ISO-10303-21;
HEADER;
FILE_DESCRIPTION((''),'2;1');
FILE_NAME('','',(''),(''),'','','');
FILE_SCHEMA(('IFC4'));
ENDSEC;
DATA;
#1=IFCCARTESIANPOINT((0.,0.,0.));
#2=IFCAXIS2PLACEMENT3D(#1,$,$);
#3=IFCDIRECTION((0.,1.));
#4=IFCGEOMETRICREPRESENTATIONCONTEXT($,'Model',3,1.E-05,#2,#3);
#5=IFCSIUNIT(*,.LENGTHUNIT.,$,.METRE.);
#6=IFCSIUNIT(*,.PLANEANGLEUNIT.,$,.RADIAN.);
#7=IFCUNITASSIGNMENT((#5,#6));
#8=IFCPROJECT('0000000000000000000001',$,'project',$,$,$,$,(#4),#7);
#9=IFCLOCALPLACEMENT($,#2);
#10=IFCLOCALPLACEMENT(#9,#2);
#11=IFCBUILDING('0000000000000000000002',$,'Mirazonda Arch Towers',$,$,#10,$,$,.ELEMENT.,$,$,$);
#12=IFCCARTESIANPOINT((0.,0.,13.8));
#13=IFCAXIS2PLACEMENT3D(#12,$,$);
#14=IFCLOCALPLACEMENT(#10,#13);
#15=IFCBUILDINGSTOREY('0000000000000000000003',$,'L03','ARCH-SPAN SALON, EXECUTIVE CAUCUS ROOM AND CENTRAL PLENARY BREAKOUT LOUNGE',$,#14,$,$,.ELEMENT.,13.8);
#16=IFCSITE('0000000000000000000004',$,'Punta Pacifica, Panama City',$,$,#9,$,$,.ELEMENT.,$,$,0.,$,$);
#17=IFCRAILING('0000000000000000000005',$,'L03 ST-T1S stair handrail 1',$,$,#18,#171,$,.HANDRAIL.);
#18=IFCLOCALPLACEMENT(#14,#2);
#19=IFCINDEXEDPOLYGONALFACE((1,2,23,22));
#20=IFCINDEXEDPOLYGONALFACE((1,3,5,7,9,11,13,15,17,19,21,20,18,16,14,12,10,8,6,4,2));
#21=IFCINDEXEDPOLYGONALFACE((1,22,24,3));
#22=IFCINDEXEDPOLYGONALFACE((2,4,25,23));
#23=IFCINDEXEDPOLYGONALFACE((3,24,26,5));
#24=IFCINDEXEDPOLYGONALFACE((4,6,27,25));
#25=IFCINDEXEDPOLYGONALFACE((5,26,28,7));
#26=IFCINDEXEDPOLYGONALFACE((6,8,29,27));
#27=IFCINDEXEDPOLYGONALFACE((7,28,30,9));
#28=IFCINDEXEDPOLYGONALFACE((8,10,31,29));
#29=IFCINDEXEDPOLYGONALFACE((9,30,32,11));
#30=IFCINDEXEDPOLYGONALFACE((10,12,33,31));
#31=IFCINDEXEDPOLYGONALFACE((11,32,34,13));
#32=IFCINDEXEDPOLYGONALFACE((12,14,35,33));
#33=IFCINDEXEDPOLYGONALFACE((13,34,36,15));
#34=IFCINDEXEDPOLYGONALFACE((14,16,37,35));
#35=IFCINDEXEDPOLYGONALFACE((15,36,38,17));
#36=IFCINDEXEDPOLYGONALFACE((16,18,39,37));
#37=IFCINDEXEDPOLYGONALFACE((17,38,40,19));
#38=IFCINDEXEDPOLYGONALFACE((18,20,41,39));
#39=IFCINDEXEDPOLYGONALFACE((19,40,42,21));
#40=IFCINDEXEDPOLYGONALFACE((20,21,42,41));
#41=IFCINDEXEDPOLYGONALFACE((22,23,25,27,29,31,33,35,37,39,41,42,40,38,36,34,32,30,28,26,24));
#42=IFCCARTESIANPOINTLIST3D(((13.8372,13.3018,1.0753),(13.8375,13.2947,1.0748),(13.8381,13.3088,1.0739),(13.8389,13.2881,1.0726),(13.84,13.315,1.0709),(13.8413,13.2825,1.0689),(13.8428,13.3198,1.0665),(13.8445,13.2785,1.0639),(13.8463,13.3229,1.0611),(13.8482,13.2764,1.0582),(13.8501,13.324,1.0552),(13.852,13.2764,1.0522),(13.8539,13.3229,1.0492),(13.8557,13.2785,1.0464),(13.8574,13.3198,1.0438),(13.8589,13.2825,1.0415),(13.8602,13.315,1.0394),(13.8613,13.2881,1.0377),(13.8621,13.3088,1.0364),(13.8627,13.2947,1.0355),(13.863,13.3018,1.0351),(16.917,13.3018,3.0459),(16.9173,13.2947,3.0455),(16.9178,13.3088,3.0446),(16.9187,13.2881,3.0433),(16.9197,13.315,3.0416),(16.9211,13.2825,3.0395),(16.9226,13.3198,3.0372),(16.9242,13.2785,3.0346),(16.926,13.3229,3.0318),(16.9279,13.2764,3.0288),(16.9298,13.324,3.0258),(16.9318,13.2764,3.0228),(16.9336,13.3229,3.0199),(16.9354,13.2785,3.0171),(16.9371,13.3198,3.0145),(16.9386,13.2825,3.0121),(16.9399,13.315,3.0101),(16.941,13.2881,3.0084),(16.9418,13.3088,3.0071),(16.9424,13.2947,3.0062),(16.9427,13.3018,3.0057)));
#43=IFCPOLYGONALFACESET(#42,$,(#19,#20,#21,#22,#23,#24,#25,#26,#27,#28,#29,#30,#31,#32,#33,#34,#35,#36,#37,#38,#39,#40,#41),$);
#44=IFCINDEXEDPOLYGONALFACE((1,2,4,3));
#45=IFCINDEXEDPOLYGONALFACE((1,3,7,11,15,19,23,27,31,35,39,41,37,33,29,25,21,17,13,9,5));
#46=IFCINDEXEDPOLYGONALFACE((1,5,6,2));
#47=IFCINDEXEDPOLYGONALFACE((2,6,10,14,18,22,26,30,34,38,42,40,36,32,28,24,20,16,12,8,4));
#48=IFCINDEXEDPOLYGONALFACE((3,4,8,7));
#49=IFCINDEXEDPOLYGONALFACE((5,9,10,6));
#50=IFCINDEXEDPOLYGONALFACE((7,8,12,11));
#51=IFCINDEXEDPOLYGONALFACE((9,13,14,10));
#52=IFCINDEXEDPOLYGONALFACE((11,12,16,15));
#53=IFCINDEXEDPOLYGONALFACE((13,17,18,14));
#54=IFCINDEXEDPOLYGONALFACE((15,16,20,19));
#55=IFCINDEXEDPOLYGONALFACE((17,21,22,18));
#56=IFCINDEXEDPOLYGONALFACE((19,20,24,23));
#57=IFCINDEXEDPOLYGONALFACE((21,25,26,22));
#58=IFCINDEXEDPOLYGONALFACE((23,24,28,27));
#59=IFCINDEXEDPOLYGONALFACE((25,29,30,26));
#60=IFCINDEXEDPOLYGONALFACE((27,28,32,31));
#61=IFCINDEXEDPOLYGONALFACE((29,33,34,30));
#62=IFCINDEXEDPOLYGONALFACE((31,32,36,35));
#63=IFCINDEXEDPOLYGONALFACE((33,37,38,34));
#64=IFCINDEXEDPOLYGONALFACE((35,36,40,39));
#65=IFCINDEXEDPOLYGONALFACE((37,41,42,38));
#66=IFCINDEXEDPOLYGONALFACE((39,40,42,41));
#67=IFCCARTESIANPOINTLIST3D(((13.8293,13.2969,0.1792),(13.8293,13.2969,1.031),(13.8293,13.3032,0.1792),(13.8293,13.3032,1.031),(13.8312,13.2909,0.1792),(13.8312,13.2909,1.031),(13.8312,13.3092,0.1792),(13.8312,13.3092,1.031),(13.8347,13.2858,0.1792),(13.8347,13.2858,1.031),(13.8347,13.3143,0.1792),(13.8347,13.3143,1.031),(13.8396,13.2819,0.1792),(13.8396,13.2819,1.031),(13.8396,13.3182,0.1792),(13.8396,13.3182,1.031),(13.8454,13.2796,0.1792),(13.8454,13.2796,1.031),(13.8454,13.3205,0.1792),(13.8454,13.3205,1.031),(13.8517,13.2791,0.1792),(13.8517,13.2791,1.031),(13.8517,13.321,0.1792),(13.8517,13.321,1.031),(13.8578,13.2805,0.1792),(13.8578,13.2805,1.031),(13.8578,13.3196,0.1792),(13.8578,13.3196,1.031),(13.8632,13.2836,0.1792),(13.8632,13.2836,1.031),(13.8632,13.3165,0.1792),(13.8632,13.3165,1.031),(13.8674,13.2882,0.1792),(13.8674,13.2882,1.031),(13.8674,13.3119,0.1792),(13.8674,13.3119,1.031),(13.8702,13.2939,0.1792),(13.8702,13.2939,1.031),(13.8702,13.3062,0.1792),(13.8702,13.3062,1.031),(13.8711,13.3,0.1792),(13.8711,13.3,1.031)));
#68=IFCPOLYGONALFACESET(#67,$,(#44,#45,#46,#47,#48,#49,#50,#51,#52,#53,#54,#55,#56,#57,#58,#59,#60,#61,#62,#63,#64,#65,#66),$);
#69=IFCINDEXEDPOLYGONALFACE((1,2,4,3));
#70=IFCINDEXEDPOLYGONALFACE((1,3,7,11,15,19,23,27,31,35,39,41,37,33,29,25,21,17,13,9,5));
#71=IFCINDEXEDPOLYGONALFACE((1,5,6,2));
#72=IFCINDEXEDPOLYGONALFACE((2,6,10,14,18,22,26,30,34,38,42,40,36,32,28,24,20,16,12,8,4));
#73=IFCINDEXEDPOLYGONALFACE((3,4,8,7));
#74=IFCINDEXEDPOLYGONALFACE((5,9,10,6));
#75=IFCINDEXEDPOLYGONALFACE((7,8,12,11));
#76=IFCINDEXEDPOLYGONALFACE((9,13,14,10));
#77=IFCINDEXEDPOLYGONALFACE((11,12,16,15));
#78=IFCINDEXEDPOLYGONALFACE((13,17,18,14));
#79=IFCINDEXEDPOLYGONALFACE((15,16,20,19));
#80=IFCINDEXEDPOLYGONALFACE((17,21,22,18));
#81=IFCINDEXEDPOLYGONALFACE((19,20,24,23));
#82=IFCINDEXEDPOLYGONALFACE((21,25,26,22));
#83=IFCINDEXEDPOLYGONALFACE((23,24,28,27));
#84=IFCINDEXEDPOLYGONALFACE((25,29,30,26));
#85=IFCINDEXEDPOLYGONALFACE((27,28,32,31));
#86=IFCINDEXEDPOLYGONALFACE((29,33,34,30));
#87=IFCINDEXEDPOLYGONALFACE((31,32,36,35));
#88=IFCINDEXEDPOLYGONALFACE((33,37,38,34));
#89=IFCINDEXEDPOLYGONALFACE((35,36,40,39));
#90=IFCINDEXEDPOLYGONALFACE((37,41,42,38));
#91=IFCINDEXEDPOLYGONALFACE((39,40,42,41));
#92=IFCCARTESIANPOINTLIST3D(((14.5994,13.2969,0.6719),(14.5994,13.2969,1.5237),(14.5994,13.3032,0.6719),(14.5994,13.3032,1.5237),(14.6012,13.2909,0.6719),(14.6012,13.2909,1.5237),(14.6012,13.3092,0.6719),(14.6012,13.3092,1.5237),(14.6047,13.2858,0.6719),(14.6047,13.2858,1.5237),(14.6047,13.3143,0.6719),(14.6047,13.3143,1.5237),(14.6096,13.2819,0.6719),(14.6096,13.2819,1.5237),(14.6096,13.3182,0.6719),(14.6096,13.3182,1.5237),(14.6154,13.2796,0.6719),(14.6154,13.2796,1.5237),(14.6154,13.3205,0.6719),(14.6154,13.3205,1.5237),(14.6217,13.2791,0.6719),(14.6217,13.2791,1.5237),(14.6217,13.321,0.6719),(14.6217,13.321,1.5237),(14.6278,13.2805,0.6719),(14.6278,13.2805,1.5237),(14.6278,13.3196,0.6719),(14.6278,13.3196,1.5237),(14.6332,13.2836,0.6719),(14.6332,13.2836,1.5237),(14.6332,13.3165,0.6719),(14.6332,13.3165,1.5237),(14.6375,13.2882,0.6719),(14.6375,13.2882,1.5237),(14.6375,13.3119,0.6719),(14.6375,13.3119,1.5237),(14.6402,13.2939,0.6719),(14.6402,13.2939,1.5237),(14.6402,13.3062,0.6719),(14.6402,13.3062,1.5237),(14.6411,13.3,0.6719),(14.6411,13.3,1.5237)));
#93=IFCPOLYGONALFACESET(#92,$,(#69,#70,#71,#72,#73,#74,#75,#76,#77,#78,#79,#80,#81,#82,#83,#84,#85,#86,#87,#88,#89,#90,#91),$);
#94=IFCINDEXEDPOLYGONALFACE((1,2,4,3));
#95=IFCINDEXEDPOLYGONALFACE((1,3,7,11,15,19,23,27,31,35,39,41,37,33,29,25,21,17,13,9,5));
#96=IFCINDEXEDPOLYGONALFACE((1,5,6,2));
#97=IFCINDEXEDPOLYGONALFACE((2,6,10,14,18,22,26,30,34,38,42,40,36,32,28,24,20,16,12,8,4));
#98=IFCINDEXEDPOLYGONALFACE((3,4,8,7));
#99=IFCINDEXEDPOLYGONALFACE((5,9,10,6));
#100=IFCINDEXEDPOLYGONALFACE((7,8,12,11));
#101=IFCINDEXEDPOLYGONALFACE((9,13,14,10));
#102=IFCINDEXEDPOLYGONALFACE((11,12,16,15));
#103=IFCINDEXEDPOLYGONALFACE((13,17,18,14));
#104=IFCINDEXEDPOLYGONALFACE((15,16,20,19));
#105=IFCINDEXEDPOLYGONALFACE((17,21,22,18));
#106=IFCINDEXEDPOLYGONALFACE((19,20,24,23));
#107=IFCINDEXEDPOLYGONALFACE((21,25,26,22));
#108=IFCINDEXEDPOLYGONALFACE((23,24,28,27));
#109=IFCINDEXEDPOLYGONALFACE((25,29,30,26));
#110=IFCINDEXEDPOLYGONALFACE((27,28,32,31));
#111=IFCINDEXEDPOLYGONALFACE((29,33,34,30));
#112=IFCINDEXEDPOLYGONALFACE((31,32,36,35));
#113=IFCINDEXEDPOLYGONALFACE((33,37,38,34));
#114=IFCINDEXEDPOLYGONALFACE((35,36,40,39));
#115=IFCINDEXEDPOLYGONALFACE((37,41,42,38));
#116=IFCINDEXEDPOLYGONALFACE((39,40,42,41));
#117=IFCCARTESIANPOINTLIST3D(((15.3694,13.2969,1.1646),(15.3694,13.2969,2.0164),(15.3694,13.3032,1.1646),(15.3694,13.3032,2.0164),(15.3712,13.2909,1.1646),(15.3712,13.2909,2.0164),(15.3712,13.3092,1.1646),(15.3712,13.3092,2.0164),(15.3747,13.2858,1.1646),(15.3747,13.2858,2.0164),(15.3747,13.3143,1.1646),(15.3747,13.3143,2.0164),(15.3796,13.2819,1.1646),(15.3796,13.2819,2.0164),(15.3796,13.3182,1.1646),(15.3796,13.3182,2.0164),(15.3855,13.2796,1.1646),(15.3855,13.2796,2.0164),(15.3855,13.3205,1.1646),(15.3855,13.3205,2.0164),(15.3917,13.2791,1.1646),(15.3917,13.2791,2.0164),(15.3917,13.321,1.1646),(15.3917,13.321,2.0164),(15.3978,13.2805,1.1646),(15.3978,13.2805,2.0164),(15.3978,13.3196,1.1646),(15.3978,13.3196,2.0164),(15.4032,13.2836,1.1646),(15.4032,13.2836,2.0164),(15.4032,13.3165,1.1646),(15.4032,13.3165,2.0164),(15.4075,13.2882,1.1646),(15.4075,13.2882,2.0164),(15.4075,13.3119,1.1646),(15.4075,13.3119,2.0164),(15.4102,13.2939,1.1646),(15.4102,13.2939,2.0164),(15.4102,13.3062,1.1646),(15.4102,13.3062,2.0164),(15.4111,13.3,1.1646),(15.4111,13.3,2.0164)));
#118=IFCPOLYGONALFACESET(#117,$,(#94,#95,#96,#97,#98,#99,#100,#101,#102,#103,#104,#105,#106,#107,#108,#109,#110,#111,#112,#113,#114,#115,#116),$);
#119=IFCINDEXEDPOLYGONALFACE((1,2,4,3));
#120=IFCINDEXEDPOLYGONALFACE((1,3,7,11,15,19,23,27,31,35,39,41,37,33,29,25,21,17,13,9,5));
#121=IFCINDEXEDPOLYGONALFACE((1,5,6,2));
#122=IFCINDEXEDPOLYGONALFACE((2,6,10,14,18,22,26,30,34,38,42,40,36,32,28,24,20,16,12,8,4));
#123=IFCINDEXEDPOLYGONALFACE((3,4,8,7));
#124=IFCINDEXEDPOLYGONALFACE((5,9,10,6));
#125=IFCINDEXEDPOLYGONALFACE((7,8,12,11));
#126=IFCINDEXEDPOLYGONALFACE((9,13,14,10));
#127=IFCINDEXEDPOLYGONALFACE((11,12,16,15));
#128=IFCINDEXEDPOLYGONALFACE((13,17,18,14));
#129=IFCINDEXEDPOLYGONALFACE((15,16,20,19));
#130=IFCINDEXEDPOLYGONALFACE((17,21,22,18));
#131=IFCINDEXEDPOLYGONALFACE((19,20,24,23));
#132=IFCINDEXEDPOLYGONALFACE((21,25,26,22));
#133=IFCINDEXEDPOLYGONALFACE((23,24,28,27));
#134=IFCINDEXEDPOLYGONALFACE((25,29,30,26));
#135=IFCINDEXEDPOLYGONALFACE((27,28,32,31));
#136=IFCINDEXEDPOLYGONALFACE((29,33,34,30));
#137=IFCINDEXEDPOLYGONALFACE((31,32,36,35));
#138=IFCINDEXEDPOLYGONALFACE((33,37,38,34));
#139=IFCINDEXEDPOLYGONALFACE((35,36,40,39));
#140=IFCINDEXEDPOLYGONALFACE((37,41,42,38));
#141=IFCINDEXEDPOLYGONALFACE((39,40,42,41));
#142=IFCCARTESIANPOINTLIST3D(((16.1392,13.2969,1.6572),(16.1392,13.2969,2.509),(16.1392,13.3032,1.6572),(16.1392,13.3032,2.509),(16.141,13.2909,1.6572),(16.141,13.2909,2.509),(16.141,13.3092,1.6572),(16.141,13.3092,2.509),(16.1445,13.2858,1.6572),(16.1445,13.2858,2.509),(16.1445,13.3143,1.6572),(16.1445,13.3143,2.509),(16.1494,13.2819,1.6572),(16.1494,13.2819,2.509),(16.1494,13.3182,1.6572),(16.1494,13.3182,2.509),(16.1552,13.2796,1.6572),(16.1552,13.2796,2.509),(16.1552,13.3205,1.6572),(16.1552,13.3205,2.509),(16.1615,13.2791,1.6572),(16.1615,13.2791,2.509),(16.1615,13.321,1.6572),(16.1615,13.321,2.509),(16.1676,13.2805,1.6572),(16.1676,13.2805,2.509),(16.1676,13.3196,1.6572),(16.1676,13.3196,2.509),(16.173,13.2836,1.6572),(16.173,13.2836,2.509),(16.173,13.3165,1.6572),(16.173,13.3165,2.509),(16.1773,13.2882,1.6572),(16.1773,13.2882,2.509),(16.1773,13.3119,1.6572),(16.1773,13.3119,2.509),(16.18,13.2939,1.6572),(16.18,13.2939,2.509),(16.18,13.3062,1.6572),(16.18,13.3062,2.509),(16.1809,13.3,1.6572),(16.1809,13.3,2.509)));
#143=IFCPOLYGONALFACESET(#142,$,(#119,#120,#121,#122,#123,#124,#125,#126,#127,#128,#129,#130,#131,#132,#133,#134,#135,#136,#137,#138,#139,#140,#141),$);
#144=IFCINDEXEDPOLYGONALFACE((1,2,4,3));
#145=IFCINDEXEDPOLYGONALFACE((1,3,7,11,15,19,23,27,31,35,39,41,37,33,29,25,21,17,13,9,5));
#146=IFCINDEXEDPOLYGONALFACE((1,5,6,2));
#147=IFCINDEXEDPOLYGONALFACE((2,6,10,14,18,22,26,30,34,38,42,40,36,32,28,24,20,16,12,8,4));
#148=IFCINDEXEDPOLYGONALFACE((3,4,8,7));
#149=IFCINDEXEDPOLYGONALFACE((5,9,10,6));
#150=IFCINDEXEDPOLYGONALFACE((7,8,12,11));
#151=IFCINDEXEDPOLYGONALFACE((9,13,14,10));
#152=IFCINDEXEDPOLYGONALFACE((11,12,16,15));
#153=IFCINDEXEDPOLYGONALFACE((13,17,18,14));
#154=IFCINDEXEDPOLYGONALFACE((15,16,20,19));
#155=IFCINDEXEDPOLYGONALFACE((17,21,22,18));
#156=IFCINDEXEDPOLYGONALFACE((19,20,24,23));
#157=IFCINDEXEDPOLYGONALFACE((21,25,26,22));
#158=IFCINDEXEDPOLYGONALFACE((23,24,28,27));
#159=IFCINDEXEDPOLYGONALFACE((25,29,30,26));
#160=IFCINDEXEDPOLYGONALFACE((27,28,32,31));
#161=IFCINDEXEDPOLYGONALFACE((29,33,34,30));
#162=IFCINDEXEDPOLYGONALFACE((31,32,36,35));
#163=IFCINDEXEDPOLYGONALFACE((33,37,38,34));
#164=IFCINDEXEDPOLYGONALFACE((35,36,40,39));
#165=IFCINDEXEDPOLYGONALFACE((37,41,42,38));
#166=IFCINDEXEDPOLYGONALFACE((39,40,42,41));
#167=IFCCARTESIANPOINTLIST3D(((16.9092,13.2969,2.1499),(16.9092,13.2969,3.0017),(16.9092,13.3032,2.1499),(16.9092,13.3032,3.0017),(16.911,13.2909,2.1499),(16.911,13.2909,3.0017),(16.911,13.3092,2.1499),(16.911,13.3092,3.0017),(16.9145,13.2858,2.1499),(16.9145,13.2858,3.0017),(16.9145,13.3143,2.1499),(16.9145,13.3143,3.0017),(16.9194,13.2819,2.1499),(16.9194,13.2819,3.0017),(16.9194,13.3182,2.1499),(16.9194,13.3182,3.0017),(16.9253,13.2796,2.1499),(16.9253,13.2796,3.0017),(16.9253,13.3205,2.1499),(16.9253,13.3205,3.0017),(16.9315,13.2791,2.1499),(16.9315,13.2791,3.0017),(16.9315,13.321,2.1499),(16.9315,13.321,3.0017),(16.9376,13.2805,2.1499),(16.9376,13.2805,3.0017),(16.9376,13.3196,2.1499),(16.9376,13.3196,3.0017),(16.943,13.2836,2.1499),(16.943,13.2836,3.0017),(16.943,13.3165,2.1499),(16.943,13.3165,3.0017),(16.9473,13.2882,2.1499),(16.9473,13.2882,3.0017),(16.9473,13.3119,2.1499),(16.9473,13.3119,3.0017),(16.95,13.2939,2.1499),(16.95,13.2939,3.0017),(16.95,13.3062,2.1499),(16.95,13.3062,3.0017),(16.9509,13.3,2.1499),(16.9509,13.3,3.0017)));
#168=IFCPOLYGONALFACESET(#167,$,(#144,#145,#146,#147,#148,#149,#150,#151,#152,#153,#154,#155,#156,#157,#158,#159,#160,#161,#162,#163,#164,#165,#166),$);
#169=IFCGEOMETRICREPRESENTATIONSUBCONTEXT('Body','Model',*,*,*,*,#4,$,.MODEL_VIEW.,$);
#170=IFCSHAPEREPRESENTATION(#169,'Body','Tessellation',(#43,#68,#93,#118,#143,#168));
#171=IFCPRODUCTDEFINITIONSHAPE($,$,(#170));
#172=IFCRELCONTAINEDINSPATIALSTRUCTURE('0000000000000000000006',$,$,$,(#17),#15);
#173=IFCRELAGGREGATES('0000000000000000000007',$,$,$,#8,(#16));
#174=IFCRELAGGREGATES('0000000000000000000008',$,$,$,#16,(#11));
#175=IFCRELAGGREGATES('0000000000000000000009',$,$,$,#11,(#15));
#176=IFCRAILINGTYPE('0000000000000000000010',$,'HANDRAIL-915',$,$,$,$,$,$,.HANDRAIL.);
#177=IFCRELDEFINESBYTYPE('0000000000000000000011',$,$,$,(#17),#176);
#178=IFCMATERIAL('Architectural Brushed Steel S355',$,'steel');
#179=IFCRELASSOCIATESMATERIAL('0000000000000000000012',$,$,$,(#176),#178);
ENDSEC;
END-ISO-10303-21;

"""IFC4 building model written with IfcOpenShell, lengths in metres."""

from ifc_helpers import new_model, si_unit, direction, frame, origin, origin_2d, place, context, subcontext, project, spatial, circle, extrude, material, type_object, element, save


model = new_model("IFC4")

# Units and contexts
model_context = context("Model", 3, precision=1e-05, world=origin(), true_north=direction((0.0, 1.0)))
body_context = subcontext(model_context, "Body", "Model", "MODEL_VIEW")
ifc_project = project(units=[si_unit("LENGTHUNIT", "METRE"), si_unit("PLANEANGLEUNIT", "RADIAN")], contexts=[model_context])

# Site, building, storey
site_placement = place(None, origin())
site = spatial("IfcSite", under=ifc_project, at=site_placement, Name="Punta Pacifica, Panama City", CompositionType="ELEMENT", RefElevation=0.0)
building_placement = place(site_placement, origin())
building = spatial("IfcBuilding", under=site, at=building_placement, Name="Mirazonda Arch Towers", CompositionType="ELEMENT")
storey_placement = place(building_placement, frame((0.0, 0.0, 13.8)))
storey = spatial("IfcBuildingStorey", under=building, at=storey_placement, Name="L03", Description="ARCH-SPAN SALON, EXECUTIVE CAUCUS ROOM AND CENTRAL PLENARY BREAKOUT LOUNGE", CompositionType="ELEMENT", Elevation=13.8)

# Shared definitions
ifc_material_1 = material(Name="Architectural Brushed Steel S355", Category="steel")

# Railing
railing_type_1 = type_object("IfcRailingType", Name="HANDRAIL-915", PredefinedType="HANDRAIL", material=ifc_material_1)
railing_1_placement = place(storey_placement, frame((13.8501, 13.3, 0.1792)))
element("IfcRailing", 1, at=railing_1_placement, inside=storey, type_object=railing_type_1, Name="L03 ST-T1S stair handrail 1", PredefinedType="HANDRAIL", context=body_context, shape_type="SweptSolid", body=[
    extrude(circle(Radius=0.0239, at=origin_2d()), frame((0.0, 0.0, 0.876), z_axis=(0.84232, 0.0, 0.538978), x_axis=(0.0, 1.0, 0.0)), (0.0, 0.0, 1.0), 3.6562),
    extrude(circle(Radius=0.021, at=origin_2d()), origin(), (0.0, 0.0, 1.0), 0.8518),
    extrude(circle(Radius=0.021, at=origin_2d()), frame((0.77, 0.0, 0.4927)), (0.0, 0.0, 1.0), 0.8518),
    extrude(circle(Radius=0.021, at=origin_2d()), frame((1.54, 0.0, 0.9854)), (0.0, 0.0, 1.0), 0.8518),
    extrude(circle(Radius=0.021, at=origin_2d()), frame((2.3098, 0.0, 1.478)), (0.0, 0.0, 1.0), 0.8518),
    extrude(circle(Radius=0.021, at=origin_2d()), frame((3.0798, 0.0, 1.9707)), (0.0, 0.0, 1.0), 0.8518),
])

save(model, "model.ifc")
